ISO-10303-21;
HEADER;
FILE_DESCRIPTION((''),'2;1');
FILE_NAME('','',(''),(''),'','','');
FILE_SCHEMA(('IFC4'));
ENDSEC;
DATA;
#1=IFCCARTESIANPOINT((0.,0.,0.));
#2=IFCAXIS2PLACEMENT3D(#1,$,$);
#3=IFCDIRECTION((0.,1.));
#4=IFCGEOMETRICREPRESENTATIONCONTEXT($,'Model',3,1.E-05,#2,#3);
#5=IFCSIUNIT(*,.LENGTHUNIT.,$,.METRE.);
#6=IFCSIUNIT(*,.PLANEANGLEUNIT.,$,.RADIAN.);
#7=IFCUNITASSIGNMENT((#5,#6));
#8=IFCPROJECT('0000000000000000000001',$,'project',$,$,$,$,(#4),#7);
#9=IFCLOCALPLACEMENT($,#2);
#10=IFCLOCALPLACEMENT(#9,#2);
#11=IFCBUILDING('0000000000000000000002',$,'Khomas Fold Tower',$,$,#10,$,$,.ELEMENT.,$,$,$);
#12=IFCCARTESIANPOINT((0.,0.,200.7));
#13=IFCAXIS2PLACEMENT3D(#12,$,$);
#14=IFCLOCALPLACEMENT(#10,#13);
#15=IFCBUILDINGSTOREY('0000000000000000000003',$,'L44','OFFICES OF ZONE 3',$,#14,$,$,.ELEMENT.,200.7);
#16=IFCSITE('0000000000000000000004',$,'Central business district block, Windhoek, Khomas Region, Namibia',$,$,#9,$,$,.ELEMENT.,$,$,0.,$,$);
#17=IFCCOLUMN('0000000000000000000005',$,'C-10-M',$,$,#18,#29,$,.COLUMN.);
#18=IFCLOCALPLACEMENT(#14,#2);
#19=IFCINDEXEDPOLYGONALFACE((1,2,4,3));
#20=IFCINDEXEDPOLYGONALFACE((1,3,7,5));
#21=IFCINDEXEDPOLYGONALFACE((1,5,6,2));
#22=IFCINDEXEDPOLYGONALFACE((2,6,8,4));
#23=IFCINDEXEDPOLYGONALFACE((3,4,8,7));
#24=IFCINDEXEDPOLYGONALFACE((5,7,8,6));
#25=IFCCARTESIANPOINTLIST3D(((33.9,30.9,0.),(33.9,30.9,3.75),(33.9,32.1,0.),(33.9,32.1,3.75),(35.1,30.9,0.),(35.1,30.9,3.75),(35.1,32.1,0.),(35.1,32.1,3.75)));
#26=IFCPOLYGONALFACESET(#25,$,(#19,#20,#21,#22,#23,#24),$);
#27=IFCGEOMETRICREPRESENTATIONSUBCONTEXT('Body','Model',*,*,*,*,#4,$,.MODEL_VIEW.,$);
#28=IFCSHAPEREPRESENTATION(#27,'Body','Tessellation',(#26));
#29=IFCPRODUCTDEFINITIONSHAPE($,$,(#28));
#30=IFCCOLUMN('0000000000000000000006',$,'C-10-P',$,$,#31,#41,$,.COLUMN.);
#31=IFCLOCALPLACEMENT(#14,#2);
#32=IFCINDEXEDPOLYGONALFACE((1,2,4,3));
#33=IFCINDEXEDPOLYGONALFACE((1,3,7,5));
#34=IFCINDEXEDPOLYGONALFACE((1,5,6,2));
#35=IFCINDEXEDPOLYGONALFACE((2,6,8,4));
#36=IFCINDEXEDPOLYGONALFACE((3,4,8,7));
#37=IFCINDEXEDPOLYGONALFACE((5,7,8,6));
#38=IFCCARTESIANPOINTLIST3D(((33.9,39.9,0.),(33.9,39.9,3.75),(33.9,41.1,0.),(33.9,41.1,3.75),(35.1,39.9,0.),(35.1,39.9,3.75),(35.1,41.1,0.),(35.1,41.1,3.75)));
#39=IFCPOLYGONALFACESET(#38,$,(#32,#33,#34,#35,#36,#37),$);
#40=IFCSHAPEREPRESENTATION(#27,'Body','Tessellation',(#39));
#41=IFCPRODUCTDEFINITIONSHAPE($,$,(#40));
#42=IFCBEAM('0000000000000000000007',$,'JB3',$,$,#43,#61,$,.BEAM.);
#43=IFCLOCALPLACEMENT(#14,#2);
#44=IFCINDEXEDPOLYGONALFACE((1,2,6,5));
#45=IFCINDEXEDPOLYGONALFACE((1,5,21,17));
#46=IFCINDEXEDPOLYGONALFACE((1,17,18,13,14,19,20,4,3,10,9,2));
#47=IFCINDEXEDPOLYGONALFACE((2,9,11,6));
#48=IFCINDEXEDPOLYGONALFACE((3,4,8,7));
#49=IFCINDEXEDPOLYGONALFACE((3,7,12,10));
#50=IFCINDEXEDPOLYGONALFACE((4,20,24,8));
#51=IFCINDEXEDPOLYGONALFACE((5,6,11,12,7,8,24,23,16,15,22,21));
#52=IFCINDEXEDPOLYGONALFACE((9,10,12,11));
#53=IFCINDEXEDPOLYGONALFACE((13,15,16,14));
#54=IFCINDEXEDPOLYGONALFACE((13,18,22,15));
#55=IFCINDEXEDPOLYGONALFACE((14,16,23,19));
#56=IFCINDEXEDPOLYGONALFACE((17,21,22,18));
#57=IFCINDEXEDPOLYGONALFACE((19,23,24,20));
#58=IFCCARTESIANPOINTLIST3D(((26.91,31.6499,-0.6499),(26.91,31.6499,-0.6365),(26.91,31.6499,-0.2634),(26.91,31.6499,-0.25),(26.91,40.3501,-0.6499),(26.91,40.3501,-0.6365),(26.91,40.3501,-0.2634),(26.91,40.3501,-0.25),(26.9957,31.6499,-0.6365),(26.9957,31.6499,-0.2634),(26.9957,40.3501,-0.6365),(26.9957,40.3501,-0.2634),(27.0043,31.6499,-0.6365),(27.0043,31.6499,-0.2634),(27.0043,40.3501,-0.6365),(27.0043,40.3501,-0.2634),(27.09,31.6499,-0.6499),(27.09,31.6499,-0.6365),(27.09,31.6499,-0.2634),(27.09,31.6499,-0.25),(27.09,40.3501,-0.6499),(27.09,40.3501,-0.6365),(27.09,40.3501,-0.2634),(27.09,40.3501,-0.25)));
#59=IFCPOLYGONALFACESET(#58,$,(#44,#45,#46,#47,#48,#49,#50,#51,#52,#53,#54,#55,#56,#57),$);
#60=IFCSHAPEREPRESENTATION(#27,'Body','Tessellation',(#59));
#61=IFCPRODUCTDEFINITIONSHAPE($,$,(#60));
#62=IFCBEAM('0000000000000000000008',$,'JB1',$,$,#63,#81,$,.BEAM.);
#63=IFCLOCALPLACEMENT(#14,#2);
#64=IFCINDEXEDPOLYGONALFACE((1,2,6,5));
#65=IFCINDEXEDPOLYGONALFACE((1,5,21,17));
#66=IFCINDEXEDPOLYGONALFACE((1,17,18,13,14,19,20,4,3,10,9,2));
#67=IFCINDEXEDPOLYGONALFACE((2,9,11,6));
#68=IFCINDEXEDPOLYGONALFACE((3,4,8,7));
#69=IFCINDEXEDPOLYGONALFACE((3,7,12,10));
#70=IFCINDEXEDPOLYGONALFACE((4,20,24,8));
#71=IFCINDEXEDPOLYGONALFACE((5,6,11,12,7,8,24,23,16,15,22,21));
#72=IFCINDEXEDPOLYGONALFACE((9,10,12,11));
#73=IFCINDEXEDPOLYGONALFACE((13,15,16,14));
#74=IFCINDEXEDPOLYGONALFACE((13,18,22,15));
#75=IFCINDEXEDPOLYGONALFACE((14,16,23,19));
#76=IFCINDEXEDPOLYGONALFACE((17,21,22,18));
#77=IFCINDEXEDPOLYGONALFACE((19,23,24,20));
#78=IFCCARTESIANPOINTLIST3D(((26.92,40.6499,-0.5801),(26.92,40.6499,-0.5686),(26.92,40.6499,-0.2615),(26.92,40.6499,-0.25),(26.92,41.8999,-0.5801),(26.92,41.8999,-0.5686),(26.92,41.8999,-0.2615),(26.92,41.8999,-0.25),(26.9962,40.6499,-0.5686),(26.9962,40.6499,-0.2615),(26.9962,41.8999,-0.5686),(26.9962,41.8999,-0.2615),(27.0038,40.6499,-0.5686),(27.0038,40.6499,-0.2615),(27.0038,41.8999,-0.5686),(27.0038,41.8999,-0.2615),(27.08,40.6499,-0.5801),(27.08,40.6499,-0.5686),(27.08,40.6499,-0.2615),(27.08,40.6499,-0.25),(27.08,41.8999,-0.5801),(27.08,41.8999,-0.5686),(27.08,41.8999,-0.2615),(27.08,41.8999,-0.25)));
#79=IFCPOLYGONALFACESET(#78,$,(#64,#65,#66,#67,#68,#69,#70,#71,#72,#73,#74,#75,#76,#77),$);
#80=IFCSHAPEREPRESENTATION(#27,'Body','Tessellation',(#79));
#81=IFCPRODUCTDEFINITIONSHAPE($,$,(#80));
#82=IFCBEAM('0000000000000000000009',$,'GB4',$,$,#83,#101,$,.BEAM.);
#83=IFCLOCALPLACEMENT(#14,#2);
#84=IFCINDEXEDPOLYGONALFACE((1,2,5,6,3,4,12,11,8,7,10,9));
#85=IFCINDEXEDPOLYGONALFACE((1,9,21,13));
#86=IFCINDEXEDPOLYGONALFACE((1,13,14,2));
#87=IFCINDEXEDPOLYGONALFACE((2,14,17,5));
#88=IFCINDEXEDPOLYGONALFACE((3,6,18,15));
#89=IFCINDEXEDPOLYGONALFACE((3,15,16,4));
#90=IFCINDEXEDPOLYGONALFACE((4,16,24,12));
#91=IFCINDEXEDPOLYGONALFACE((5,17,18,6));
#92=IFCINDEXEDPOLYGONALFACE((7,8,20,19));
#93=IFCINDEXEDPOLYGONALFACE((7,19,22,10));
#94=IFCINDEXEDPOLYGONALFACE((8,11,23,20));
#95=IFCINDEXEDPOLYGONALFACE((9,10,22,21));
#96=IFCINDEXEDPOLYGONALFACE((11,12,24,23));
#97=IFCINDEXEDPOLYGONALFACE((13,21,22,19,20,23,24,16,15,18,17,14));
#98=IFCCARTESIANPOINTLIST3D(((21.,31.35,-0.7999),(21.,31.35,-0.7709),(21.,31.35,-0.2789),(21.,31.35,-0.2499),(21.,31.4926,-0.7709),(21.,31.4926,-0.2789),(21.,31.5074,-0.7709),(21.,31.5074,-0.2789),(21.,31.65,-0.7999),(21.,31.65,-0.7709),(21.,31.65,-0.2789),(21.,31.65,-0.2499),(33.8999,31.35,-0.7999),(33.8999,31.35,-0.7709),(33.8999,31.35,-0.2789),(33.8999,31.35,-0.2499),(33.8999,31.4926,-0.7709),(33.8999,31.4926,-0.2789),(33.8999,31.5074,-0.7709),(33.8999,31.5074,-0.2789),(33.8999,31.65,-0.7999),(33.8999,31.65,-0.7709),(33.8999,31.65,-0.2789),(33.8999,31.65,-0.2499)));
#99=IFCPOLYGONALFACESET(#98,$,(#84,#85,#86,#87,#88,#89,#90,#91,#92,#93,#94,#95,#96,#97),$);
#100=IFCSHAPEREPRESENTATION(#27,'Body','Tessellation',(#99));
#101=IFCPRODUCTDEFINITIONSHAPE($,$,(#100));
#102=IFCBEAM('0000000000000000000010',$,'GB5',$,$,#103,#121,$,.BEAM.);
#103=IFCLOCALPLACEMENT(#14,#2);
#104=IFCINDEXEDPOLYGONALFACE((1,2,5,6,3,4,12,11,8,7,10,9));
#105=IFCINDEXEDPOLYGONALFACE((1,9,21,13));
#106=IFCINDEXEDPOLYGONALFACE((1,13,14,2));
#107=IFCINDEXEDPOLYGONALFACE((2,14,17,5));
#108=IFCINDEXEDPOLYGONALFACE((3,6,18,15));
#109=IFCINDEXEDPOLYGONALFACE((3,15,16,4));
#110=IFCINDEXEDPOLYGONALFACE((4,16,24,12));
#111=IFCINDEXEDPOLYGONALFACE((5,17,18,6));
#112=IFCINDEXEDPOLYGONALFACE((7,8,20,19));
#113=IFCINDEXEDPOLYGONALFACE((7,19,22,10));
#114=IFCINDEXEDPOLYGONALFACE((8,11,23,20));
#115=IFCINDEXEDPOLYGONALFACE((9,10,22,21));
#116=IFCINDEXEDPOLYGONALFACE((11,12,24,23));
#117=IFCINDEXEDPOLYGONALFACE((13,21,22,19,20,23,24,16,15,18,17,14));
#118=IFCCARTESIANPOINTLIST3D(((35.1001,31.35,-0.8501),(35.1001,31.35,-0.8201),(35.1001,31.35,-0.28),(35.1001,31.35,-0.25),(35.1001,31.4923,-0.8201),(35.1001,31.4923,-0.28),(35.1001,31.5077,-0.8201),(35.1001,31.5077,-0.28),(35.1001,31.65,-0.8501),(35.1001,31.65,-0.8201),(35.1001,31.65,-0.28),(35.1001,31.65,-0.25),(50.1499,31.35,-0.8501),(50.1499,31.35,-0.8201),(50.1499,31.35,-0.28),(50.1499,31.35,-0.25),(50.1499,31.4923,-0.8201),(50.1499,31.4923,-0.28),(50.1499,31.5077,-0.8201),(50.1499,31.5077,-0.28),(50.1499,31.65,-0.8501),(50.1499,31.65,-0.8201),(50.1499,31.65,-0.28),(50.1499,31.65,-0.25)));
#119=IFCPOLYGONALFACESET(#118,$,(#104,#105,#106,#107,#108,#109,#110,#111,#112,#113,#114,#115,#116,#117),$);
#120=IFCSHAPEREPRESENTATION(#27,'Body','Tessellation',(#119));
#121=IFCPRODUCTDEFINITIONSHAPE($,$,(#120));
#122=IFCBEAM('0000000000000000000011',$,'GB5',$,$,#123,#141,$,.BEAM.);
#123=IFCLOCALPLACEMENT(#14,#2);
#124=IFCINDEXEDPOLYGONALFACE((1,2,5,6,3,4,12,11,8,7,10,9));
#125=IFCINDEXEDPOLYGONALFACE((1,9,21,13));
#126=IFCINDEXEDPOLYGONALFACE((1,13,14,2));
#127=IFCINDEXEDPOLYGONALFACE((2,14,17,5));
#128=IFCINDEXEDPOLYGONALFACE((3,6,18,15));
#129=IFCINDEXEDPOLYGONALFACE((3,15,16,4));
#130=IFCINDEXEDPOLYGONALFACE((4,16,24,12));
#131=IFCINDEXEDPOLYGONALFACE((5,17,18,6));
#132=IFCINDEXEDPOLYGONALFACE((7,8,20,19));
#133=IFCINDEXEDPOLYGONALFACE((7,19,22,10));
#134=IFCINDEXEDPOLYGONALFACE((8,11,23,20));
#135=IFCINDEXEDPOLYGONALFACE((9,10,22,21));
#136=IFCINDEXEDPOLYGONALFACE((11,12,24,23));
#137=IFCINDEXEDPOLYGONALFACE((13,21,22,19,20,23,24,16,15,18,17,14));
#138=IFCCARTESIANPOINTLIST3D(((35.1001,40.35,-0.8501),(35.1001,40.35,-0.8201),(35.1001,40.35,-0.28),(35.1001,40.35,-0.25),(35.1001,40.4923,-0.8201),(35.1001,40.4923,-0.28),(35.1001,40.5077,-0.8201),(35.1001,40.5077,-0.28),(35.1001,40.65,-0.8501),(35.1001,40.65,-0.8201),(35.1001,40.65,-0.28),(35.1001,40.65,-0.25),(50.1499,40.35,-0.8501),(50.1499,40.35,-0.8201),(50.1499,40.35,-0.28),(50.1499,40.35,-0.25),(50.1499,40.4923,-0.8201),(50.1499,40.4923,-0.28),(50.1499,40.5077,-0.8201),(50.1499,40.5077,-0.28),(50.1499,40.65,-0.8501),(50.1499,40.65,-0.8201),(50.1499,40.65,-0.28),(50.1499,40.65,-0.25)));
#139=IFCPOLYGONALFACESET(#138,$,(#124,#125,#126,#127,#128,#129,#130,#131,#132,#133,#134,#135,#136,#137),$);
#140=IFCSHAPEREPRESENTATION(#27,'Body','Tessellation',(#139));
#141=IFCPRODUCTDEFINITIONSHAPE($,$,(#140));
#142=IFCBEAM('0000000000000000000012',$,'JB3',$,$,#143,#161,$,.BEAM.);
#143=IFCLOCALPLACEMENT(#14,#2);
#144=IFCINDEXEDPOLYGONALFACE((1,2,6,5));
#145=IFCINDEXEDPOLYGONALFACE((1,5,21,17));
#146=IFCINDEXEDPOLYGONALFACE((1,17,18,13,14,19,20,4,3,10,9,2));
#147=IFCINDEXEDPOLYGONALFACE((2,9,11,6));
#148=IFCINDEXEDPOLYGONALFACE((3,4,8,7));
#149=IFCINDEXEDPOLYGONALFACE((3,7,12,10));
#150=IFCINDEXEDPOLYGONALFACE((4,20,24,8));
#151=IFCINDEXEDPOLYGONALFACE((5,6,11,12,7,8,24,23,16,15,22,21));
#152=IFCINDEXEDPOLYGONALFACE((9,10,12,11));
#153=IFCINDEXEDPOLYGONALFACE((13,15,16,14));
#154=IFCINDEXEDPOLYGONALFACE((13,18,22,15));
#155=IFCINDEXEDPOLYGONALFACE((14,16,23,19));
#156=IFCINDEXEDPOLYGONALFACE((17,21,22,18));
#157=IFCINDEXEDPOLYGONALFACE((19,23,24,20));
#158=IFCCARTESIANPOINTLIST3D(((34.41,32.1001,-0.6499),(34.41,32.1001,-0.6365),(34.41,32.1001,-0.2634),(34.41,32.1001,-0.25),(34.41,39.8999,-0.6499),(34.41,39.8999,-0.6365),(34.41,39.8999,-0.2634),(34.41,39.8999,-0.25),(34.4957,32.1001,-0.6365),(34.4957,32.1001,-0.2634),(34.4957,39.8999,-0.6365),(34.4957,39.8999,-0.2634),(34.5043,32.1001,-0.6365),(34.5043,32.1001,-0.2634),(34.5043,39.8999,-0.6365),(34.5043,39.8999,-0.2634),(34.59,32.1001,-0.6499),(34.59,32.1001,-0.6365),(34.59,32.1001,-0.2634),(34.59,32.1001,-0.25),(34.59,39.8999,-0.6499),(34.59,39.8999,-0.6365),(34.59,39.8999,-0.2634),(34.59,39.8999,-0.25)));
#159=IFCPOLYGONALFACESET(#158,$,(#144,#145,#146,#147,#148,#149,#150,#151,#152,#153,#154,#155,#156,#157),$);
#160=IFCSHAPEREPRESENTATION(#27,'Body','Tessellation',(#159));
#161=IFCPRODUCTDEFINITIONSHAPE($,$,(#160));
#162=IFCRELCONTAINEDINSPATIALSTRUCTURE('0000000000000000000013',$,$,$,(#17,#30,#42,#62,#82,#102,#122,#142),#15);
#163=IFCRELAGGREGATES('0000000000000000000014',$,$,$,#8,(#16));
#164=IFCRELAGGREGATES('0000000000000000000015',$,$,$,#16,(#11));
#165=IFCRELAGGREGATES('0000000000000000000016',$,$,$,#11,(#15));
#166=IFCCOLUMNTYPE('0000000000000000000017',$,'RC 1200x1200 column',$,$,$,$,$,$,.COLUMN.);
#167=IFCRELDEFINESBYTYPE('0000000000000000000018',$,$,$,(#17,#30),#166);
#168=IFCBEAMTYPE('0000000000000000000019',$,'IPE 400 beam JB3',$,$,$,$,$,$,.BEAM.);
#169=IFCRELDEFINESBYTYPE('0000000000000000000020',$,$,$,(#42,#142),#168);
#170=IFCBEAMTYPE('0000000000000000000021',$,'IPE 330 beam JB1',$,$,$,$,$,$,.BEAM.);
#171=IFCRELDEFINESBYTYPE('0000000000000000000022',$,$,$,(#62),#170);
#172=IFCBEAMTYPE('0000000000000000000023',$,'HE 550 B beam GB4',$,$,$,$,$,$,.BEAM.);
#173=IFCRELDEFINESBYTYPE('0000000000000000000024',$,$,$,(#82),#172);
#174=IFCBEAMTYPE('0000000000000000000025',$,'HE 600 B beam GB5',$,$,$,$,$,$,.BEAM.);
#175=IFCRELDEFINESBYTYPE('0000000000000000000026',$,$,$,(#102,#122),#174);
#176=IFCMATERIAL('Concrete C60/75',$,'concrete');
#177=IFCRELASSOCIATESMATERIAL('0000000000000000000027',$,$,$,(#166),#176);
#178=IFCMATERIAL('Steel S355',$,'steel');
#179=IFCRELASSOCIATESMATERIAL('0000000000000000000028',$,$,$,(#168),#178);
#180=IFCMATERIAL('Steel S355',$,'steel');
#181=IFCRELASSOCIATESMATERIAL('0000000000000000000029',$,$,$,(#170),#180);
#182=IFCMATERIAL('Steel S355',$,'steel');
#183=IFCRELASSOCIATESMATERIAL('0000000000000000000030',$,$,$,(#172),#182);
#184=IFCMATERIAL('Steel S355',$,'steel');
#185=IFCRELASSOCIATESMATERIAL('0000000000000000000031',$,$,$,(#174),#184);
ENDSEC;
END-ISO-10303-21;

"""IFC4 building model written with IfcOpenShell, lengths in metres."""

from ifc_helpers import new_model, si_unit, direction, frame, origin, origin_2d, place, context, subcontext, project, spatial, rectangle, i_section, extrude, source, transform, mapped, material, material_profile, profile_set, type_object, element, save


model = new_model("IFC4")

# Units and contexts
model_context = context("Model", 3, precision=1e-05, world=origin(), true_north=direction((0.0, 1.0)))
body_context = subcontext(model_context, "Body", "Model", "MODEL_VIEW")
ifc_project = project(units=[si_unit("LENGTHUNIT", "METRE"), si_unit("PLANEANGLEUNIT", "RADIAN")], contexts=[model_context])

# Site, building, storey
site_placement = place(None, origin())
site = spatial("IfcSite", under=ifc_project, at=site_placement, Name="Central business district block, Windhoek, Khomas Region, Namibia", CompositionType="ELEMENT", RefElevation=0.0)
building_placement = place(site_placement, origin())
building = spatial("IfcBuilding", under=site, at=building_placement, Name="Khomas Fold Tower", CompositionType="ELEMENT")
storey_placement = place(building_placement, frame((0.0, 0.0, 200.7)))
storey = spatial("IfcBuildingStorey", under=building, at=storey_placement, Name="L44", Description="OFFICES OF ZONE 3", CompositionType="ELEMENT", Elevation=200.7)

# Columns
ifc_material_1 = material(Name="Concrete C60/75", Category="concrete")
ifc_material_profile_1 = material_profile(ifc_material_1, rectangle(XDim=1.2, YDim=1.2, at=origin_2d()), Name="RC 1200x1200")
ifc_profile_set_1 = profile_set([ifc_material_profile_1], Name="Concrete C60/75")
column_type = type_object("IfcColumnType", Name="RC 1200x1200 column", PredefinedType="COLUMN", material=ifc_profile_set_1)
shared_shape_1 = source(origin(), body_context, "Body", "SweptSolid", [
    extrude(rectangle(XDim=1.2, YDim=1.2, at=origin_2d()), origin(), (0.0, 0.0, 1.0), 3.75),
])
for number, where, z_axis, x_axis, name in (
    (1, (34.5, 31.5, 0.0), (0.0, 0.0, 1.0), (1.0, 0.0, 0.0), "C-10-M"),
    (2, (34.5, 40.5, 0.0), (0.0, 0.0, 1.0), (1.0, 0.0, 0.0), "C-10-P"),
):
    element("IfcColumn", number, at=place(storey_placement, frame(where, z_axis=z_axis, x_axis=x_axis)), inside=storey, type_object=column_type, Name=name, PredefinedType="COLUMN", context=body_context, shape_type="MappedRepresentation", body=[
        mapped(shared_shape_1, transform((0.0, 0.0, 0.0))),
    ])

# Beams
ifc_material_2 = material(Name="Steel S355", Category="steel")
ifc_material_profile_2 = material_profile(ifc_material_2, i_section(OverallWidth=0.1799, OverallDepth=0.3999, WebThickness=0.0085, FlangeThickness=0.0134, at=origin_2d()), Name="IPE 400")
ifc_profile_set_2 = profile_set([ifc_material_profile_2], Name="Steel S355")
beam_type_1 = type_object("IfcBeamType", Name="IPE 400 beam JB3", PredefinedType="BEAM", material=ifc_profile_set_2)
shared_shape_2 = source(origin(), body_context, "Body", "SweptSolid", [
    extrude(i_section(OverallWidth=0.1799, OverallDepth=0.3999, WebThickness=0.0085, FlangeThickness=0.0134, at=origin_2d()), origin(), (0.0, 0.0, 1.0), 8.7002),
])
beam_1_placement = place(storey_placement, frame((27.0, 31.6499, -0.45), z_axis=(0.0, 1.0, 0.0), x_axis=(-1.0, 0.0, 0.0)))
element("IfcBeam", 3, at=beam_1_placement, inside=storey, type_object=beam_type_1, Name="JB3", PredefinedType="BEAM", context=body_context, shape_type="MappedRepresentation", body=[
    mapped(shared_shape_2, transform((0.0, 0.0, 0.0))),
])
ifc_material_3 = material(Name="Steel S355", Category="steel")
ifc_material_profile_3 = material_profile(ifc_material_3, i_section(OverallWidth=0.1599, OverallDepth=0.3301, WebThickness=0.0076, FlangeThickness=0.0115, at=origin_2d()), Name="IPE 330")
ifc_profile_set_3 = profile_set([ifc_material_profile_3], Name="Steel S355")
beam_type_2 = type_object("IfcBeamType", Name="IPE 330 beam JB1", PredefinedType="BEAM", material=ifc_profile_set_3)
shared_shape_3 = source(origin(), body_context, "Body", "SweptSolid", [
    extrude(i_section(OverallWidth=0.1599, OverallDepth=0.3301, WebThickness=0.0076, FlangeThickness=0.0115, at=origin_2d()), origin(), (0.0, 0.0, 1.0), 1.25),
])
beam_2_placement = place(storey_placement, frame((27.0, 40.6499, -0.415), z_axis=(0.0, 1.0, 0.0), x_axis=(-1.0, 0.0, 0.0)))
element("IfcBeam", 4, at=beam_2_placement, inside=storey, type_object=beam_type_2, Name="JB1", PredefinedType="BEAM", context=body_context, shape_type="MappedRepresentation", body=[
    mapped(shared_shape_3, transform((0.0, 0.0, 0.0))),
])
ifc_material_4 = material(Name="Steel S355", Category="steel")
ifc_material_profile_4 = material_profile(ifc_material_4, i_section(OverallWidth=0.3, OverallDepth=0.55, WebThickness=0.0149, FlangeThickness=0.0291, at=origin_2d()), Name="HE 550 B")
ifc_profile_set_4 = profile_set([ifc_material_profile_4], Name="Steel S355")
beam_type_3 = type_object("IfcBeamType", Name="HE 550 B beam GB4", PredefinedType="BEAM", material=ifc_profile_set_4)
shared_shape_4 = source(origin(), body_context, "Body", "SweptSolid", [
    extrude(i_section(OverallWidth=0.3, OverallDepth=0.55, WebThickness=0.0149, FlangeThickness=0.0291, at=origin_2d()), origin(), (0.0, 0.0, 1.0), 12.8999),
])
beam_3_placement = place(storey_placement, frame((21.0, 31.5, -0.5249), z_axis=(1.0, 0.0, 0.0), x_axis=(0.0, 1.0, 0.0)))
element("IfcBeam", 5, at=beam_3_placement, inside=storey, type_object=beam_type_3, Name="GB4", PredefinedType="BEAM", context=body_context, shape_type="MappedRepresentation", body=[
    mapped(shared_shape_4, transform((0.0, 0.0, 0.0))),
])
ifc_material_5 = material(Name="Steel S355", Category="steel")
ifc_material_profile_5 = material_profile(ifc_material_5, i_section(OverallWidth=0.3, OverallDepth=0.6001, WebThickness=0.0154, FlangeThickness=0.03, at=origin_2d()), Name="HE 600 B")
ifc_profile_set_5 = profile_set([ifc_material_profile_5], Name="Steel S355")
beam_type_4 = type_object("IfcBeamType", Name="HE 600 B beam GB5", PredefinedType="BEAM", material=ifc_profile_set_5)
shared_shape_5 = source(origin(), body_context, "Body", "SweptSolid", [
    extrude(i_section(OverallWidth=0.3, OverallDepth=0.6001, WebThickness=0.0154, FlangeThickness=0.03, at=origin_2d()), origin(), (0.0, 0.0, 1.0), 15.0498),
])
for number, where, z_axis, x_axis, name in (
    (6, (35.1001, 31.5, -0.55), (1.0, 0.0, 0.0), (0.0, 1.0, 0.0), "GB5"),
    (7, (35.1001, 40.5, -0.55), (1.0, 0.0, 0.0), (0.0, 1.0, 0.0), "GB5"),
):
    element("IfcBeam", number, at=place(storey_placement, frame(where, z_axis=z_axis, x_axis=x_axis)), inside=storey, type_object=beam_type_4, Name=name, PredefinedType="BEAM", context=body_context, shape_type="MappedRepresentation", body=[
        mapped(shared_shape_5, transform((0.0, 0.0, 0.0))),
    ])
shared_shape_6 = source(origin(), body_context, "Body", "SweptSolid", [
    extrude(i_section(OverallWidth=0.1799, OverallDepth=0.3999, WebThickness=0.0085, FlangeThickness=0.0134, at=origin_2d()), origin(), (0.0, 0.0, 1.0), 7.7998),
])
beam_4_placement = place(storey_placement, frame((34.5, 32.1001, -0.45), z_axis=(0.0, 1.0, 0.0), x_axis=(-1.0, 0.0, 0.0)))
element("IfcBeam", 8, at=beam_4_placement, inside=storey, type_object=beam_type_1, Name="JB3", PredefinedType="BEAM", context=body_context, shape_type="MappedRepresentation", body=[
    mapped(shared_shape_6, transform((0.0, 0.0, 0.0))),
])

save(model, "model.ifc")
